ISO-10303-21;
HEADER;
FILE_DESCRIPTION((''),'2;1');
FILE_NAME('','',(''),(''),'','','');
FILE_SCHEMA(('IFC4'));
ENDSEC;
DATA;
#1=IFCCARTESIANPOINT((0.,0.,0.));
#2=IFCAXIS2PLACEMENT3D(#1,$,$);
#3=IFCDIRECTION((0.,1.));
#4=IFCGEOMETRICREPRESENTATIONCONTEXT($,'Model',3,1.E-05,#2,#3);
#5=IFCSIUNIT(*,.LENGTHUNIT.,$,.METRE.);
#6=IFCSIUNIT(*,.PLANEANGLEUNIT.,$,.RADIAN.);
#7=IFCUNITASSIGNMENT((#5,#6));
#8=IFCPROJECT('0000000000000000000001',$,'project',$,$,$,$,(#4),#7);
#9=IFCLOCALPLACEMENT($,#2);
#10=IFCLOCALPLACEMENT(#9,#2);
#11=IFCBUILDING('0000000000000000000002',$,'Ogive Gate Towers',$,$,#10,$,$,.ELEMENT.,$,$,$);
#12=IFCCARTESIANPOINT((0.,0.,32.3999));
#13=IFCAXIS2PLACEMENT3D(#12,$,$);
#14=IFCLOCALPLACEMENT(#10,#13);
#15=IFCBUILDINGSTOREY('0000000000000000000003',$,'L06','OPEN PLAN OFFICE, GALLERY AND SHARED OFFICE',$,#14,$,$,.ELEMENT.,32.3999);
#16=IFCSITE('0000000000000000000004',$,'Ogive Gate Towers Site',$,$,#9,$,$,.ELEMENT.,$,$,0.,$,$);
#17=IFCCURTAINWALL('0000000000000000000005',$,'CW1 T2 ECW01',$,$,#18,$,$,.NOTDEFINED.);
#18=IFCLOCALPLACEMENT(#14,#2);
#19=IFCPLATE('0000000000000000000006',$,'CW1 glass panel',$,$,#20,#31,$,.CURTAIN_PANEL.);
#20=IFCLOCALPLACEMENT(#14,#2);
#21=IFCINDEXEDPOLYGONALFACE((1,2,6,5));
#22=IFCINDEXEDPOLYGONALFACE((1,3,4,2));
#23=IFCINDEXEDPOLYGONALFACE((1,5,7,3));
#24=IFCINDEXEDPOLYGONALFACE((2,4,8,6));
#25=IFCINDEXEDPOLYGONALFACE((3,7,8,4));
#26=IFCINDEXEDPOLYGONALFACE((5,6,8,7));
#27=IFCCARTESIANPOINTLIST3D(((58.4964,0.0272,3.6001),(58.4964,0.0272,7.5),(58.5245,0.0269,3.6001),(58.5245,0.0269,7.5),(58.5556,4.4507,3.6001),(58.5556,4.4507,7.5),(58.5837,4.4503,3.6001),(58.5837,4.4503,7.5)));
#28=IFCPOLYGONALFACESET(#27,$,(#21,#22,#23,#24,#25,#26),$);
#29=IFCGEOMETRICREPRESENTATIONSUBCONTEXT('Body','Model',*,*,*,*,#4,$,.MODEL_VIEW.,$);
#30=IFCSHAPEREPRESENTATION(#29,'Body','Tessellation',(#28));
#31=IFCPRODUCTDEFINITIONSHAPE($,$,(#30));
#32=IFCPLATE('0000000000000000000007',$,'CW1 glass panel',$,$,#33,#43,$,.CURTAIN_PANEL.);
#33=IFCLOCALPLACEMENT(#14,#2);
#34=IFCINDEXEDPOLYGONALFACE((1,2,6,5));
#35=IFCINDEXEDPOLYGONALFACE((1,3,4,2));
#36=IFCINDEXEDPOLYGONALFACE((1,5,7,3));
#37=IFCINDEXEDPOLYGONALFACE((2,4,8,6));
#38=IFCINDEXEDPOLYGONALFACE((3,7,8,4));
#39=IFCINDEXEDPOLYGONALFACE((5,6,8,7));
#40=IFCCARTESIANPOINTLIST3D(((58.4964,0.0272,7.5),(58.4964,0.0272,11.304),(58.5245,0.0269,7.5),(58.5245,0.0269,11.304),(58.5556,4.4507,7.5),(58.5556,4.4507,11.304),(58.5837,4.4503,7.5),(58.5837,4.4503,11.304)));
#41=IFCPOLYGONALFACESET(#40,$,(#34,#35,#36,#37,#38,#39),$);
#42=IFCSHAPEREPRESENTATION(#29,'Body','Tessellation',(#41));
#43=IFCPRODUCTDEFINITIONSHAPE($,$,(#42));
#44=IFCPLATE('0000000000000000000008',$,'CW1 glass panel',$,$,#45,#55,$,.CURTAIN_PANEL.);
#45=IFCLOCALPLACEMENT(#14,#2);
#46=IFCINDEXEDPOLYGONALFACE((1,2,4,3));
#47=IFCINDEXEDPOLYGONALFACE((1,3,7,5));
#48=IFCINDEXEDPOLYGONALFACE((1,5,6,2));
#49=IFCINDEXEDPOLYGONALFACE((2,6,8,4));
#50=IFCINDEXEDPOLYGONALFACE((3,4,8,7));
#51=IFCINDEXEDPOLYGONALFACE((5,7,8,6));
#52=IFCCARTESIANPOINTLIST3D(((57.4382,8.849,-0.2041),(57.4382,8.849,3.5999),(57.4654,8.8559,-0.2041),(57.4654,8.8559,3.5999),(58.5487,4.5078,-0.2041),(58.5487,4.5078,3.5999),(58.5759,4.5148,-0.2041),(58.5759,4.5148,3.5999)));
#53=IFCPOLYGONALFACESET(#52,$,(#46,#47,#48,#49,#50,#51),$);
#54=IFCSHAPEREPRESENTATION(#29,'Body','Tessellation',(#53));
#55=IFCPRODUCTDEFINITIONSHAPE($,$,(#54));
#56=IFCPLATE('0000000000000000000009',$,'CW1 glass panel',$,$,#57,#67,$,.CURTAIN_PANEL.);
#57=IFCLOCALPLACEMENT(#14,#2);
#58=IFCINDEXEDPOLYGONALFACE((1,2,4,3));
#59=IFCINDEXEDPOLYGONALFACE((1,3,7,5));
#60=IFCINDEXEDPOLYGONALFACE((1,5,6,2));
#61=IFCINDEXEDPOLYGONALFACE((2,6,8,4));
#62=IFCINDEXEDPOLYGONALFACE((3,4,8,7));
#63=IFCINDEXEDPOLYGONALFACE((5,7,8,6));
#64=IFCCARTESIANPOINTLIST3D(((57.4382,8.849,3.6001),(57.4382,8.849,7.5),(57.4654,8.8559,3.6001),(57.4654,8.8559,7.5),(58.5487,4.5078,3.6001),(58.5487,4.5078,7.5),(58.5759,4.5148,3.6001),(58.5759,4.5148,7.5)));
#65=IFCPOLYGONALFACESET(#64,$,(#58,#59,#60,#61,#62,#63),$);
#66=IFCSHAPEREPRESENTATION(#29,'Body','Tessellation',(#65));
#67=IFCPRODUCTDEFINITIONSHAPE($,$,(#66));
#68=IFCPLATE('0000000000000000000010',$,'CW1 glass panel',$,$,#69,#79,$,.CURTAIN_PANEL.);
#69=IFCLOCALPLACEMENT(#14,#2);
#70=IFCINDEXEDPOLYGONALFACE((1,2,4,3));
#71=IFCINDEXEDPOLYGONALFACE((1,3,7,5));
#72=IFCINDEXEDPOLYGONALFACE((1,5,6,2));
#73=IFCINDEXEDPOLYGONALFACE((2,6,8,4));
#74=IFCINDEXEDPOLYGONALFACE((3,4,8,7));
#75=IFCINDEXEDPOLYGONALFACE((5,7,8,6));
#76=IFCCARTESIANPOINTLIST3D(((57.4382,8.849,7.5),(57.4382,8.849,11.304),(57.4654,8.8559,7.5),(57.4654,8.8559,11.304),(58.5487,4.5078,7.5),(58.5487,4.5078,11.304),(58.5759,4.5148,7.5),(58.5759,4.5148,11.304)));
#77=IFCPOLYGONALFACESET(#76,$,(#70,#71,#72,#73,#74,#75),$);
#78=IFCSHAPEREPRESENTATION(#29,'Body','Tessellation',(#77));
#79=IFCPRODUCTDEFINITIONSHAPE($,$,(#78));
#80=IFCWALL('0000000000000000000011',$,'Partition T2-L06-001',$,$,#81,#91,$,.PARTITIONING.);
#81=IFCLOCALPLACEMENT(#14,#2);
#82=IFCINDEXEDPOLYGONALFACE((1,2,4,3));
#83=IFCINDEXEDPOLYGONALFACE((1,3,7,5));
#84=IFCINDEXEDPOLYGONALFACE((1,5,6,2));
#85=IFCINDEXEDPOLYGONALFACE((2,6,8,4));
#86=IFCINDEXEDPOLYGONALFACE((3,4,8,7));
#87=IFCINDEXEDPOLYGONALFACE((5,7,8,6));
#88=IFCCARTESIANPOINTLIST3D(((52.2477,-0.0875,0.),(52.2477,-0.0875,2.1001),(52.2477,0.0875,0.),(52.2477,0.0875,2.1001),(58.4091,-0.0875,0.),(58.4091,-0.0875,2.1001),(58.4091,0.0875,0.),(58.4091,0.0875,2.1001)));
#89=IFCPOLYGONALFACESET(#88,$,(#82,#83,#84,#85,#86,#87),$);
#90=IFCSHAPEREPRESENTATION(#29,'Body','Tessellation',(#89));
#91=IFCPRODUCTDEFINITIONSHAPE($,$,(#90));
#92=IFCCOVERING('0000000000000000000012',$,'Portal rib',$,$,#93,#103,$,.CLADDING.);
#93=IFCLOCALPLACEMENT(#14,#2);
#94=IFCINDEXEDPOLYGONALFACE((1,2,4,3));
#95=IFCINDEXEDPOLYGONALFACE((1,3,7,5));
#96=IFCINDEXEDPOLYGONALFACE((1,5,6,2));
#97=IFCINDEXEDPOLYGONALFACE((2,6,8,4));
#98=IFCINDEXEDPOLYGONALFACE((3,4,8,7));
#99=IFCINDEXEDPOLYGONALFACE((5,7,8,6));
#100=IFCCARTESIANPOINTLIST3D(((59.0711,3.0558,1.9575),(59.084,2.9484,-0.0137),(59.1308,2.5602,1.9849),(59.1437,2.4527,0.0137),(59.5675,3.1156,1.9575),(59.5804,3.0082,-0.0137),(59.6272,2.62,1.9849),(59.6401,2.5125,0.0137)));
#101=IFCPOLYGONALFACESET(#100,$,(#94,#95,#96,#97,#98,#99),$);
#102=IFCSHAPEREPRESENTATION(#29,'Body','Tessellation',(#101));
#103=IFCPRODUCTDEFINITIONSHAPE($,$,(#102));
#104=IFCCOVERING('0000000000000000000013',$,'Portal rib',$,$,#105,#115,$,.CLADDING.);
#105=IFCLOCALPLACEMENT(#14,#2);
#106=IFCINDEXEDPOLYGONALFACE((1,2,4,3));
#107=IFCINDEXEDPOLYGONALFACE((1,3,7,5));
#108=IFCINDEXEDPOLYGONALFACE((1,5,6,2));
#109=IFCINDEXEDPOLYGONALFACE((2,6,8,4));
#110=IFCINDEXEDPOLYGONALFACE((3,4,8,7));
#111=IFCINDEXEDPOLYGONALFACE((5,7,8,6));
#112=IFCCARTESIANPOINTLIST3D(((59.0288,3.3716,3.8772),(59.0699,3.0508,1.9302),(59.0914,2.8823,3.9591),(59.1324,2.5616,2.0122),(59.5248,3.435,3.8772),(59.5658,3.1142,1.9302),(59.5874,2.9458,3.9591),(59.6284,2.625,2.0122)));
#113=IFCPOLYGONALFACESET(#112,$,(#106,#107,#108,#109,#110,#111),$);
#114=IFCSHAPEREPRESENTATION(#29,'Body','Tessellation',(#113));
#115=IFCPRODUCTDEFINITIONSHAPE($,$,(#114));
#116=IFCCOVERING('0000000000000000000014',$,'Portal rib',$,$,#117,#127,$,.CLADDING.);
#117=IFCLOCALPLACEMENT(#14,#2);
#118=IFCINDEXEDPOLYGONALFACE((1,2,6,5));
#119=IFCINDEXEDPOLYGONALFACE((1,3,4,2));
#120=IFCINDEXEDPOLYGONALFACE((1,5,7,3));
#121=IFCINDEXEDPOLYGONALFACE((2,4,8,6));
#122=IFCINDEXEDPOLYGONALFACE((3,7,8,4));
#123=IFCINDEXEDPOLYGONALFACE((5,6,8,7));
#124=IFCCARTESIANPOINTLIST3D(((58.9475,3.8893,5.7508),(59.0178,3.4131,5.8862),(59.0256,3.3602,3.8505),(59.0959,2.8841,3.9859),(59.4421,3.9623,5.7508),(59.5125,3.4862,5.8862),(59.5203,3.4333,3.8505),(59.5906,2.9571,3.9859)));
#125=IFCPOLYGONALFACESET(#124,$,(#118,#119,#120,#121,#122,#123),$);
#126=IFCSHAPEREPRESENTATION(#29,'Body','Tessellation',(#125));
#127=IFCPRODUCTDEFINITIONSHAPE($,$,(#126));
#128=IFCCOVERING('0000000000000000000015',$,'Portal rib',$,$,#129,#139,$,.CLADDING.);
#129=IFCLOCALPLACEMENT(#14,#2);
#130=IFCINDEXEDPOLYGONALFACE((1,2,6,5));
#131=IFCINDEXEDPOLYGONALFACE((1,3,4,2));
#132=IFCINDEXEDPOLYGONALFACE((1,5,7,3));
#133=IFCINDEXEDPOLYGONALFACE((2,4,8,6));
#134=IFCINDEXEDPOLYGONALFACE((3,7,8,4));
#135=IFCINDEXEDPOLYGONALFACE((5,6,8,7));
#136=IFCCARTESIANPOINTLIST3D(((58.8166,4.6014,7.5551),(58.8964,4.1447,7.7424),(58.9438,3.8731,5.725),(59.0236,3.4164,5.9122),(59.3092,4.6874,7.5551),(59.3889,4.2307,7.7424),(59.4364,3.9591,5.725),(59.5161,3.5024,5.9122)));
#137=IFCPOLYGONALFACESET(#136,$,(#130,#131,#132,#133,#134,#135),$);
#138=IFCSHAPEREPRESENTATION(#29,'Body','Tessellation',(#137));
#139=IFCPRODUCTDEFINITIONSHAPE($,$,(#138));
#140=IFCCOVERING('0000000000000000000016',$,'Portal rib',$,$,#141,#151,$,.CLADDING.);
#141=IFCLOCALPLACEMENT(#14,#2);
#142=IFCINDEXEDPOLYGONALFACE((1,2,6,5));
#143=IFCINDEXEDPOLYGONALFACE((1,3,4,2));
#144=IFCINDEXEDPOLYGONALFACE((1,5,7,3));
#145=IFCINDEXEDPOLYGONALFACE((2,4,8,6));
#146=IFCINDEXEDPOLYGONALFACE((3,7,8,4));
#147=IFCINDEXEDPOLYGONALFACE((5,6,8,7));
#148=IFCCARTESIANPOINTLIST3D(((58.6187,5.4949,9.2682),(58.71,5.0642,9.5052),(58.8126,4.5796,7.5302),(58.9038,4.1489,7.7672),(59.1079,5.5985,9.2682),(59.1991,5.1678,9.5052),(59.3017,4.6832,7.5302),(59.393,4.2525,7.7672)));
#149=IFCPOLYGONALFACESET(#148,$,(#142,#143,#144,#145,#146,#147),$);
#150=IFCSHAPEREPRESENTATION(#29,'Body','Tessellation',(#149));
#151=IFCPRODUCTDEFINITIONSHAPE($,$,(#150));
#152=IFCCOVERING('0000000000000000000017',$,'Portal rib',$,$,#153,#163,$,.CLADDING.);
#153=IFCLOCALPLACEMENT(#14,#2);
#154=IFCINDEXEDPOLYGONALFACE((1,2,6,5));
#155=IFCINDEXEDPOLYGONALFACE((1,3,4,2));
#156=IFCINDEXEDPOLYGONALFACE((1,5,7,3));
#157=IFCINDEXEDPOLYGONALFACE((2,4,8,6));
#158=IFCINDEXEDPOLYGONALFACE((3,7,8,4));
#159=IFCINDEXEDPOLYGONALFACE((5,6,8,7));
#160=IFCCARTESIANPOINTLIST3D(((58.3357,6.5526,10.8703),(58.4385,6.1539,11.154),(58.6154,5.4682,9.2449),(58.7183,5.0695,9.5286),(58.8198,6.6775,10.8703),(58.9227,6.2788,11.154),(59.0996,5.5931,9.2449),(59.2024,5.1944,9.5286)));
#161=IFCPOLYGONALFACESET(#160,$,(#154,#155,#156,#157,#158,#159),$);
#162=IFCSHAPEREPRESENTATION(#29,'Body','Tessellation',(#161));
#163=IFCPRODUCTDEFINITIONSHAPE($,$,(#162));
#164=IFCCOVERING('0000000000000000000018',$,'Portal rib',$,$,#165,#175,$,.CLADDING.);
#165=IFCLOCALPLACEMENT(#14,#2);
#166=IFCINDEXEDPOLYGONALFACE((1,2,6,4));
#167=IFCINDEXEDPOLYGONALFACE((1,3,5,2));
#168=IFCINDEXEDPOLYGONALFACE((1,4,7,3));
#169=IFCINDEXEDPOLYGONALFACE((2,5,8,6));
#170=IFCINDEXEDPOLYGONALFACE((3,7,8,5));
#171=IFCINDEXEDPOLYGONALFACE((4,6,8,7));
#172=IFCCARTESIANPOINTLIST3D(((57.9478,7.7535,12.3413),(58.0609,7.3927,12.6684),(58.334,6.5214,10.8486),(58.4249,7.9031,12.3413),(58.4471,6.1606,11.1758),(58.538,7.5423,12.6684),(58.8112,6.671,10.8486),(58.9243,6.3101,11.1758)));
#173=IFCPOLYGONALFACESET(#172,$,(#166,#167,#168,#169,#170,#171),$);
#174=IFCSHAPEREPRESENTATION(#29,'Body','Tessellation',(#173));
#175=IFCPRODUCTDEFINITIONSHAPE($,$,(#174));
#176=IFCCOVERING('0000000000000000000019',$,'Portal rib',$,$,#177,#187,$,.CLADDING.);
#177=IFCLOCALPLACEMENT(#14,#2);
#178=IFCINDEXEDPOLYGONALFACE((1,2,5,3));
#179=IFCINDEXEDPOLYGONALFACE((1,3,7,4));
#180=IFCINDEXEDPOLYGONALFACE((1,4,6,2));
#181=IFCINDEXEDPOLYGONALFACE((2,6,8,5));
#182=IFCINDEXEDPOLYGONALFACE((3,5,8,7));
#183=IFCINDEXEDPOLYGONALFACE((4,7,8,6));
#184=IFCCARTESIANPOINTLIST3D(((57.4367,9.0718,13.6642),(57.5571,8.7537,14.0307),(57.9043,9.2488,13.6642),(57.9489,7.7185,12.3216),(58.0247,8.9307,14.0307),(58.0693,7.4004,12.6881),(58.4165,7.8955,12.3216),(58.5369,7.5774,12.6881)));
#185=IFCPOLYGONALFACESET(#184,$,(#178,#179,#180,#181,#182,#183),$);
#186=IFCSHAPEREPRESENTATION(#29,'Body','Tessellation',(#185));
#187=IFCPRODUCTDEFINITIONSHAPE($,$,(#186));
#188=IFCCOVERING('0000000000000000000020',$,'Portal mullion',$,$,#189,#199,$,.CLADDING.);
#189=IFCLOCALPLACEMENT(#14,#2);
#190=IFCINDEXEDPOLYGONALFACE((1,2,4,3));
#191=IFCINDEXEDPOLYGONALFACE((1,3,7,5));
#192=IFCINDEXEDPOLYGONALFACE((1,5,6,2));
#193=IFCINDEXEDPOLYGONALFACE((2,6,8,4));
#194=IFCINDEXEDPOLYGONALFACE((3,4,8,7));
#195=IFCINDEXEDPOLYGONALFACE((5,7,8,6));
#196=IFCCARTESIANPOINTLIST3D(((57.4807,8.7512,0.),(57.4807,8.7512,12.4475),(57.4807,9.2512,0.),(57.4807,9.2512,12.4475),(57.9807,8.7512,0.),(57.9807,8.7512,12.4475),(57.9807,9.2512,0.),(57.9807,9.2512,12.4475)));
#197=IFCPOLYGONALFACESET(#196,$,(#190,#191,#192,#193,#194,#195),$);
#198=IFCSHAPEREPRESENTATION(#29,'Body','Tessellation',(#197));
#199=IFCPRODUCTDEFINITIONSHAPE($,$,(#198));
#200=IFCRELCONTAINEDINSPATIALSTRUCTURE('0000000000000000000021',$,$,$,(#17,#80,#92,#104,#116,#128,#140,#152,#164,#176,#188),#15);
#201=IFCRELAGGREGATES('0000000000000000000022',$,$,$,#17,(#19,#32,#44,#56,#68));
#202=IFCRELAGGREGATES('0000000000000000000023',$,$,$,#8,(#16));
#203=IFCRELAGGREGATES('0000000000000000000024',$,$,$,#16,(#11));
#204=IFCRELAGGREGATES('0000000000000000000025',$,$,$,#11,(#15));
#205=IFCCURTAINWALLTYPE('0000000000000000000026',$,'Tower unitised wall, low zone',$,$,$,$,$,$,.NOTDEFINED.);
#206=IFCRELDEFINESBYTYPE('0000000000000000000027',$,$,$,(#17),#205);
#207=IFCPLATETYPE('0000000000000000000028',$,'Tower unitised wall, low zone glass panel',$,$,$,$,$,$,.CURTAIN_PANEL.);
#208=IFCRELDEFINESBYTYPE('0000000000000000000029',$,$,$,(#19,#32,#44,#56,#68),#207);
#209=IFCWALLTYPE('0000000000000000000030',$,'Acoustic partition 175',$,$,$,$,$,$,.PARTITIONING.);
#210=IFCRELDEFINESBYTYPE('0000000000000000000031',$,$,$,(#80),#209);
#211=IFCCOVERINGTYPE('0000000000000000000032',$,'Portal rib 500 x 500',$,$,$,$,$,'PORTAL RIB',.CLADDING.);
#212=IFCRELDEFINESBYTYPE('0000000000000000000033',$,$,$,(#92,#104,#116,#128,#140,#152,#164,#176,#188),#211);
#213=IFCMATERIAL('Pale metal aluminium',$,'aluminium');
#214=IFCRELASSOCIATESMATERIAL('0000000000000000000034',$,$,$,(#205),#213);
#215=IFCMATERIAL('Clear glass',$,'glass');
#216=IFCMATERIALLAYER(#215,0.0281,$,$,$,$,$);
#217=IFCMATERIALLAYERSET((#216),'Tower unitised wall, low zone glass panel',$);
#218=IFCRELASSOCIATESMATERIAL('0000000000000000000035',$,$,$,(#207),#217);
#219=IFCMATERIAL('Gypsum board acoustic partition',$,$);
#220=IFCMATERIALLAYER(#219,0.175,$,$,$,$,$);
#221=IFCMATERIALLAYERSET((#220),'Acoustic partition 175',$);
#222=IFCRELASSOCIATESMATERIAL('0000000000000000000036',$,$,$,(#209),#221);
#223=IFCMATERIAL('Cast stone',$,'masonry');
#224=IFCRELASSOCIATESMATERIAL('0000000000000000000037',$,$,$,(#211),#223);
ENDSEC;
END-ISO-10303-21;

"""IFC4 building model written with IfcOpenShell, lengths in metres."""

from ifc_helpers import new_model, si_unit, direction, frame, frame_2d, origin, origin_2d, place, context, subcontext, project, spatial, rectangle, extrude, material, layer, layer_set, material_profile, profile_set, type_object, element, aggregate, save


model = new_model("IFC4")

# Units and contexts
model_context = context("Model", 3, precision=1e-05, world=origin(), true_north=direction((0.0, 1.0)))
body_context = subcontext(model_context, "Body", "Model", "MODEL_VIEW")
ifc_project = project(units=[si_unit("LENGTHUNIT", "METRE"), si_unit("PLANEANGLEUNIT", "RADIAN")], contexts=[model_context])

# Site, building, storey
site_placement = place(None, origin())
site = spatial("IfcSite", under=ifc_project, at=site_placement, Name="Ogive Gate Towers Site", CompositionType="ELEMENT", RefElevation=0.0)
building_placement = place(site_placement, origin())
building = spatial("IfcBuilding", under=site, at=building_placement, Name="Ogive Gate Towers", CompositionType="ELEMENT")
storey_placement = place(building_placement, frame((0.0, 0.0, 32.3999)))
storey = spatial("IfcBuildingStorey", under=building, at=storey_placement, Name="L06", Description="OPEN PLAN OFFICE, GALLERY AND SHARED OFFICE", CompositionType="ELEMENT", Elevation=32.3999)

# Curtain wall, plates
ifc_material_1 = material(Name="Pale metal aluminium", Category="aluminium")
curtain_wall_type = type_object("IfcCurtainWallType", Name="Tower unitised wall, low zone", PredefinedType="NOTDEFINED", material=ifc_material_1)
curtain_wall_placement = place(storey_placement, origin())
curtain_wall = element("IfcCurtainWall", 1, at=curtain_wall_placement, inside=storey, type_object=curtain_wall_type, Name="CW1 T2 ECW01", PredefinedType="NOTDEFINED")
ifc_material_2 = material(Name="Clear glass", Category="glass")
ifc_layer_1 = layer(ifc_material_2, 0.0281)
ifc_layer_set_1 = layer_set([ifc_layer_1], Name="Tower unitised wall, low zone glass panel")
plate_type = type_object("IfcPlateType", Name="Tower unitised wall, low zone glass panel", PredefinedType="CURTAIN_PANEL", material=ifc_layer_set_1)
plate_1_placement = place(storey_placement, frame((58.54, 2.2388, 3.6001), z_axis=(0.0, 0.0, 1.0), x_axis=(0.013386, 0.99991, 0.0)))
plate_1 = element("IfcPlate", 2, at=plate_1_placement, type_object=plate_type, Name="CW1 glass panel", PredefinedType="CURTAIN_PANEL", context=body_context, shape_type="SweptSolid", body=[
    extrude(rectangle(XDim=4.4238, YDim=0.0281, at=origin_2d()), origin(), (0.0, 0.0, 1.0), 3.8999),
])
plate_2_placement = place(storey_placement, frame((58.54, 2.2388, 7.5), z_axis=(0.0, 0.0, 1.0), x_axis=(0.013386, 0.99991, 0.0)))
plate_2 = element("IfcPlate", 3, at=plate_2_placement, type_object=plate_type, Name="CW1 glass panel", PredefinedType="CURTAIN_PANEL", context=body_context, shape_type="SweptSolid", body=[
    extrude(rectangle(XDim=4.4238, YDim=0.0281, at=origin_2d()), origin(), (0.0, 0.0, 1.0), 3.804),
])
plate_3_placement = place(storey_placement, frame((58.0071, 6.6819, -0.2041), z_axis=(0.0, 0.0, 1.0), x_axis=(-0.247828, 0.968804, 0.0)))
plate_3 = element("IfcPlate", 4, at=plate_3_placement, type_object=plate_type, Name="CW1 glass panel", PredefinedType="CURTAIN_PANEL", context=body_context, shape_type="SweptSolid", body=[
    extrude(rectangle(XDim=4.481, YDim=0.0281, at=origin_2d()), origin(), (0.0, 0.0, 1.0), 3.804),
])
plate_4_placement = place(storey_placement, frame((58.0071, 6.6819, 3.6001), z_axis=(0.0, 0.0, 1.0), x_axis=(-0.247828, 0.968804, 0.0)))
plate_4 = element("IfcPlate", 5, at=plate_4_placement, type_object=plate_type, Name="CW1 glass panel", PredefinedType="CURTAIN_PANEL", context=body_context, shape_type="SweptSolid", body=[
    extrude(rectangle(XDim=4.481, YDim=0.0281, at=origin_2d()), origin(), (0.0, 0.0, 1.0), 3.8999),
])
plate_5_placement = place(storey_placement, frame((58.0071, 6.6819, 7.5), z_axis=(0.0, 0.0, 1.0), x_axis=(-0.247828, 0.968804, 0.0)))
plate_5 = element("IfcPlate", 6, at=plate_5_placement, type_object=plate_type, Name="CW1 glass panel", PredefinedType="CURTAIN_PANEL", context=body_context, shape_type="SweptSolid", body=[
    extrude(rectangle(XDim=4.481, YDim=0.0281, at=origin_2d()), origin(), (0.0, 0.0, 1.0), 3.804),
])
aggregate(curtain_wall, [plate_1, plate_2, plate_3, plate_4, plate_5])

# Wall
ifc_material_3 = material(Name="Gypsum board acoustic partition")
ifc_layer_2 = layer(ifc_material_3, 0.175)
ifc_layer_set_2 = layer_set([ifc_layer_2], Name="Acoustic partition 175")
wall_type = type_object("IfcWallType", Name="Acoustic partition 175", PredefinedType="PARTITIONING", material=ifc_layer_set_2)
wall_placement = place(storey_placement, frame((58.4089, 0.0, 0.0), z_axis=(0.0, 0.0, 1.0), x_axis=(-1.0, 0.0, 0.0)))
element("IfcWall", 7, at=wall_placement, inside=storey, type_object=wall_type, Name="Partition T2-L06-001", PredefinedType="PARTITIONING", context=body_context, shape_type="SweptSolid", body=[
    extrude(rectangle(XDim=6.1614, YDim=0.175, at=frame_2d((3.0806, 0.0))), origin(), (0.0, 0.0, 1.0), 2.1001),
])

# Coverings
ifc_material_4 = material(Name="Cast stone", Category="masonry")
ifc_material_profile_1 = material_profile(ifc_material_4, rectangle(XDim=0.5, YDim=0.5, at=origin_2d()), Name="500 x 500 cast stone")
ifc_profile_set_1 = profile_set([ifc_material_profile_1], Name="Cast stone")
covering_type = type_object("IfcCoveringType", Name="Portal rib 500 x 500", ElementType="PORTAL RIB", PredefinedType="CLADDING", material=ifc_profile_set_1)
covering_1_placement = place(storey_placement, frame((59.3621, 2.7305, 0.0), z_axis=(-0.006554, 0.054414, 0.998497), x_axis=(-0.992823, -0.11959, 0.0)))
element("IfcCovering", 8, at=covering_1_placement, inside=storey, type_object=covering_type, Name="Portal rib", PredefinedType="CLADDING", context=body_context, shape_type="SweptSolid", body=[
    extrude(rectangle(XDim=0.5, YDim=0.5, at=origin_2d()), origin(), (0.0, 0.0, 1.0), 1.9741),
])
covering_2_placement = place(storey_placement, frame((59.3491, 2.8379, 1.9712), z_axis=(-0.020781, 0.162538, 0.986483), x_axis=(-0.991926, -0.126822, 0.0)))
element("IfcCovering", 9, at=covering_2_placement, inside=storey, type_object=covering_type, Name="Portal rib", PredefinedType="CLADDING", context=body_context, shape_type="SweptSolid", body=[
    extrude(rectangle(XDim=0.5, YDim=0.5, at=origin_2d()), origin(), (0.0, 0.0, 1.0), 1.9736),
])
covering_3_placement = place(storey_placement, frame((59.3081, 3.1587, 3.9182), z_axis=(-0.039573, 0.267983, 0.962611), x_axis=(-0.989272, -0.146085, 0.0)))
element("IfcCovering", 10, at=covering_3_placement, inside=storey, type_object=covering_type, Name="Portal rib", PredefinedType="CLADDING", context=body_context, shape_type="SweptSolid", body=[
    extrude(rectangle(XDim=0.5, YDim=0.5, at=origin_2d()), origin(), (0.0, 0.0, 1.0), 1.9741),
])
for number, where, z_axis, x_axis, name in (
    (11, (59.23, 3.6877, 5.8186), (-0.064444, 0.368976, 0.927202), (-0.985088, -0.172052, 0.0), "Portal rib"),
    (12, (59.1028, 4.416, 7.6487), (-0.098208, 0.463704, 0.88053), (-0.9783, -0.207194, 0.0), "Portal rib"),
    (13, (58.9089, 5.3313, 9.3867), (-0.141737, 0.549386, 0.82346), (-0.968294, -0.249812, 0.0), "Portal rib"),
):
    element("IfcCovering", number, at=place(storey_placement, frame(where, z_axis=z_axis, x_axis=x_axis)), inside=storey, type_object=covering_type, Name=name, PredefinedType="CLADDING", context=body_context, shape_type="SweptSolid", body=[
        extrude(rectangle(XDim=0.5, YDim=0.5, at=origin_2d()), origin(), (0.0, 0.0, 1.0), 1.9739),
    ])
covering_4_placement = place(storey_placement, frame((58.6292, 6.4158, 11.0122), z_axis=(-0.195688, 0.624296, 0.756281), x_axis=(-0.954221, -0.299104, 0.0)))
element("IfcCovering", 14, at=covering_4_placement, inside=storey, type_object=covering_type, Name="Portal rib", PredefinedType="CLADDING", context=body_context, shape_type="SweptSolid", body=[
    extrude(rectangle(XDim=0.5, YDim=0.5, at=origin_2d()), origin(), (0.0, 0.0, 1.0), 1.9736),
])
covering_5_placement = place(storey_placement, frame((58.2429, 7.6479, 12.5049), z_axis=(-0.259496, 0.6856, 0.680158), x_axis=(-0.93525, -0.353988, 0.0)))
element("IfcCovering", 15, at=covering_5_placement, inside=storey, type_object=covering_type, Name="Portal rib", PredefinedType="CLADDING", context=body_context, shape_type="SweptSolid", body=[
    extrude(rectangle(XDim=0.5, YDim=0.5, at=origin_2d()), origin(), (0.0, 0.0, 1.0), 1.9739),
])
covering_6_placement = place(storey_placement, frame((57.7307, 9.0012, 0.0), z_axis=(0.0, 0.0, 1.0), x_axis=(1.0, 0.0, 0.0)))
element("IfcCovering", 16, at=covering_6_placement, inside=storey, type_object=covering_type, Name="Portal mullion", PredefinedType="CLADDING", context=body_context, shape_type="SweptSolid", body=[
    extrude(rectangle(XDim=0.5, YDim=0.5, at=origin_2d()), origin(), (0.0, 0.0, 1.0), 12.4475),
])

save(model, "model.ifc")
